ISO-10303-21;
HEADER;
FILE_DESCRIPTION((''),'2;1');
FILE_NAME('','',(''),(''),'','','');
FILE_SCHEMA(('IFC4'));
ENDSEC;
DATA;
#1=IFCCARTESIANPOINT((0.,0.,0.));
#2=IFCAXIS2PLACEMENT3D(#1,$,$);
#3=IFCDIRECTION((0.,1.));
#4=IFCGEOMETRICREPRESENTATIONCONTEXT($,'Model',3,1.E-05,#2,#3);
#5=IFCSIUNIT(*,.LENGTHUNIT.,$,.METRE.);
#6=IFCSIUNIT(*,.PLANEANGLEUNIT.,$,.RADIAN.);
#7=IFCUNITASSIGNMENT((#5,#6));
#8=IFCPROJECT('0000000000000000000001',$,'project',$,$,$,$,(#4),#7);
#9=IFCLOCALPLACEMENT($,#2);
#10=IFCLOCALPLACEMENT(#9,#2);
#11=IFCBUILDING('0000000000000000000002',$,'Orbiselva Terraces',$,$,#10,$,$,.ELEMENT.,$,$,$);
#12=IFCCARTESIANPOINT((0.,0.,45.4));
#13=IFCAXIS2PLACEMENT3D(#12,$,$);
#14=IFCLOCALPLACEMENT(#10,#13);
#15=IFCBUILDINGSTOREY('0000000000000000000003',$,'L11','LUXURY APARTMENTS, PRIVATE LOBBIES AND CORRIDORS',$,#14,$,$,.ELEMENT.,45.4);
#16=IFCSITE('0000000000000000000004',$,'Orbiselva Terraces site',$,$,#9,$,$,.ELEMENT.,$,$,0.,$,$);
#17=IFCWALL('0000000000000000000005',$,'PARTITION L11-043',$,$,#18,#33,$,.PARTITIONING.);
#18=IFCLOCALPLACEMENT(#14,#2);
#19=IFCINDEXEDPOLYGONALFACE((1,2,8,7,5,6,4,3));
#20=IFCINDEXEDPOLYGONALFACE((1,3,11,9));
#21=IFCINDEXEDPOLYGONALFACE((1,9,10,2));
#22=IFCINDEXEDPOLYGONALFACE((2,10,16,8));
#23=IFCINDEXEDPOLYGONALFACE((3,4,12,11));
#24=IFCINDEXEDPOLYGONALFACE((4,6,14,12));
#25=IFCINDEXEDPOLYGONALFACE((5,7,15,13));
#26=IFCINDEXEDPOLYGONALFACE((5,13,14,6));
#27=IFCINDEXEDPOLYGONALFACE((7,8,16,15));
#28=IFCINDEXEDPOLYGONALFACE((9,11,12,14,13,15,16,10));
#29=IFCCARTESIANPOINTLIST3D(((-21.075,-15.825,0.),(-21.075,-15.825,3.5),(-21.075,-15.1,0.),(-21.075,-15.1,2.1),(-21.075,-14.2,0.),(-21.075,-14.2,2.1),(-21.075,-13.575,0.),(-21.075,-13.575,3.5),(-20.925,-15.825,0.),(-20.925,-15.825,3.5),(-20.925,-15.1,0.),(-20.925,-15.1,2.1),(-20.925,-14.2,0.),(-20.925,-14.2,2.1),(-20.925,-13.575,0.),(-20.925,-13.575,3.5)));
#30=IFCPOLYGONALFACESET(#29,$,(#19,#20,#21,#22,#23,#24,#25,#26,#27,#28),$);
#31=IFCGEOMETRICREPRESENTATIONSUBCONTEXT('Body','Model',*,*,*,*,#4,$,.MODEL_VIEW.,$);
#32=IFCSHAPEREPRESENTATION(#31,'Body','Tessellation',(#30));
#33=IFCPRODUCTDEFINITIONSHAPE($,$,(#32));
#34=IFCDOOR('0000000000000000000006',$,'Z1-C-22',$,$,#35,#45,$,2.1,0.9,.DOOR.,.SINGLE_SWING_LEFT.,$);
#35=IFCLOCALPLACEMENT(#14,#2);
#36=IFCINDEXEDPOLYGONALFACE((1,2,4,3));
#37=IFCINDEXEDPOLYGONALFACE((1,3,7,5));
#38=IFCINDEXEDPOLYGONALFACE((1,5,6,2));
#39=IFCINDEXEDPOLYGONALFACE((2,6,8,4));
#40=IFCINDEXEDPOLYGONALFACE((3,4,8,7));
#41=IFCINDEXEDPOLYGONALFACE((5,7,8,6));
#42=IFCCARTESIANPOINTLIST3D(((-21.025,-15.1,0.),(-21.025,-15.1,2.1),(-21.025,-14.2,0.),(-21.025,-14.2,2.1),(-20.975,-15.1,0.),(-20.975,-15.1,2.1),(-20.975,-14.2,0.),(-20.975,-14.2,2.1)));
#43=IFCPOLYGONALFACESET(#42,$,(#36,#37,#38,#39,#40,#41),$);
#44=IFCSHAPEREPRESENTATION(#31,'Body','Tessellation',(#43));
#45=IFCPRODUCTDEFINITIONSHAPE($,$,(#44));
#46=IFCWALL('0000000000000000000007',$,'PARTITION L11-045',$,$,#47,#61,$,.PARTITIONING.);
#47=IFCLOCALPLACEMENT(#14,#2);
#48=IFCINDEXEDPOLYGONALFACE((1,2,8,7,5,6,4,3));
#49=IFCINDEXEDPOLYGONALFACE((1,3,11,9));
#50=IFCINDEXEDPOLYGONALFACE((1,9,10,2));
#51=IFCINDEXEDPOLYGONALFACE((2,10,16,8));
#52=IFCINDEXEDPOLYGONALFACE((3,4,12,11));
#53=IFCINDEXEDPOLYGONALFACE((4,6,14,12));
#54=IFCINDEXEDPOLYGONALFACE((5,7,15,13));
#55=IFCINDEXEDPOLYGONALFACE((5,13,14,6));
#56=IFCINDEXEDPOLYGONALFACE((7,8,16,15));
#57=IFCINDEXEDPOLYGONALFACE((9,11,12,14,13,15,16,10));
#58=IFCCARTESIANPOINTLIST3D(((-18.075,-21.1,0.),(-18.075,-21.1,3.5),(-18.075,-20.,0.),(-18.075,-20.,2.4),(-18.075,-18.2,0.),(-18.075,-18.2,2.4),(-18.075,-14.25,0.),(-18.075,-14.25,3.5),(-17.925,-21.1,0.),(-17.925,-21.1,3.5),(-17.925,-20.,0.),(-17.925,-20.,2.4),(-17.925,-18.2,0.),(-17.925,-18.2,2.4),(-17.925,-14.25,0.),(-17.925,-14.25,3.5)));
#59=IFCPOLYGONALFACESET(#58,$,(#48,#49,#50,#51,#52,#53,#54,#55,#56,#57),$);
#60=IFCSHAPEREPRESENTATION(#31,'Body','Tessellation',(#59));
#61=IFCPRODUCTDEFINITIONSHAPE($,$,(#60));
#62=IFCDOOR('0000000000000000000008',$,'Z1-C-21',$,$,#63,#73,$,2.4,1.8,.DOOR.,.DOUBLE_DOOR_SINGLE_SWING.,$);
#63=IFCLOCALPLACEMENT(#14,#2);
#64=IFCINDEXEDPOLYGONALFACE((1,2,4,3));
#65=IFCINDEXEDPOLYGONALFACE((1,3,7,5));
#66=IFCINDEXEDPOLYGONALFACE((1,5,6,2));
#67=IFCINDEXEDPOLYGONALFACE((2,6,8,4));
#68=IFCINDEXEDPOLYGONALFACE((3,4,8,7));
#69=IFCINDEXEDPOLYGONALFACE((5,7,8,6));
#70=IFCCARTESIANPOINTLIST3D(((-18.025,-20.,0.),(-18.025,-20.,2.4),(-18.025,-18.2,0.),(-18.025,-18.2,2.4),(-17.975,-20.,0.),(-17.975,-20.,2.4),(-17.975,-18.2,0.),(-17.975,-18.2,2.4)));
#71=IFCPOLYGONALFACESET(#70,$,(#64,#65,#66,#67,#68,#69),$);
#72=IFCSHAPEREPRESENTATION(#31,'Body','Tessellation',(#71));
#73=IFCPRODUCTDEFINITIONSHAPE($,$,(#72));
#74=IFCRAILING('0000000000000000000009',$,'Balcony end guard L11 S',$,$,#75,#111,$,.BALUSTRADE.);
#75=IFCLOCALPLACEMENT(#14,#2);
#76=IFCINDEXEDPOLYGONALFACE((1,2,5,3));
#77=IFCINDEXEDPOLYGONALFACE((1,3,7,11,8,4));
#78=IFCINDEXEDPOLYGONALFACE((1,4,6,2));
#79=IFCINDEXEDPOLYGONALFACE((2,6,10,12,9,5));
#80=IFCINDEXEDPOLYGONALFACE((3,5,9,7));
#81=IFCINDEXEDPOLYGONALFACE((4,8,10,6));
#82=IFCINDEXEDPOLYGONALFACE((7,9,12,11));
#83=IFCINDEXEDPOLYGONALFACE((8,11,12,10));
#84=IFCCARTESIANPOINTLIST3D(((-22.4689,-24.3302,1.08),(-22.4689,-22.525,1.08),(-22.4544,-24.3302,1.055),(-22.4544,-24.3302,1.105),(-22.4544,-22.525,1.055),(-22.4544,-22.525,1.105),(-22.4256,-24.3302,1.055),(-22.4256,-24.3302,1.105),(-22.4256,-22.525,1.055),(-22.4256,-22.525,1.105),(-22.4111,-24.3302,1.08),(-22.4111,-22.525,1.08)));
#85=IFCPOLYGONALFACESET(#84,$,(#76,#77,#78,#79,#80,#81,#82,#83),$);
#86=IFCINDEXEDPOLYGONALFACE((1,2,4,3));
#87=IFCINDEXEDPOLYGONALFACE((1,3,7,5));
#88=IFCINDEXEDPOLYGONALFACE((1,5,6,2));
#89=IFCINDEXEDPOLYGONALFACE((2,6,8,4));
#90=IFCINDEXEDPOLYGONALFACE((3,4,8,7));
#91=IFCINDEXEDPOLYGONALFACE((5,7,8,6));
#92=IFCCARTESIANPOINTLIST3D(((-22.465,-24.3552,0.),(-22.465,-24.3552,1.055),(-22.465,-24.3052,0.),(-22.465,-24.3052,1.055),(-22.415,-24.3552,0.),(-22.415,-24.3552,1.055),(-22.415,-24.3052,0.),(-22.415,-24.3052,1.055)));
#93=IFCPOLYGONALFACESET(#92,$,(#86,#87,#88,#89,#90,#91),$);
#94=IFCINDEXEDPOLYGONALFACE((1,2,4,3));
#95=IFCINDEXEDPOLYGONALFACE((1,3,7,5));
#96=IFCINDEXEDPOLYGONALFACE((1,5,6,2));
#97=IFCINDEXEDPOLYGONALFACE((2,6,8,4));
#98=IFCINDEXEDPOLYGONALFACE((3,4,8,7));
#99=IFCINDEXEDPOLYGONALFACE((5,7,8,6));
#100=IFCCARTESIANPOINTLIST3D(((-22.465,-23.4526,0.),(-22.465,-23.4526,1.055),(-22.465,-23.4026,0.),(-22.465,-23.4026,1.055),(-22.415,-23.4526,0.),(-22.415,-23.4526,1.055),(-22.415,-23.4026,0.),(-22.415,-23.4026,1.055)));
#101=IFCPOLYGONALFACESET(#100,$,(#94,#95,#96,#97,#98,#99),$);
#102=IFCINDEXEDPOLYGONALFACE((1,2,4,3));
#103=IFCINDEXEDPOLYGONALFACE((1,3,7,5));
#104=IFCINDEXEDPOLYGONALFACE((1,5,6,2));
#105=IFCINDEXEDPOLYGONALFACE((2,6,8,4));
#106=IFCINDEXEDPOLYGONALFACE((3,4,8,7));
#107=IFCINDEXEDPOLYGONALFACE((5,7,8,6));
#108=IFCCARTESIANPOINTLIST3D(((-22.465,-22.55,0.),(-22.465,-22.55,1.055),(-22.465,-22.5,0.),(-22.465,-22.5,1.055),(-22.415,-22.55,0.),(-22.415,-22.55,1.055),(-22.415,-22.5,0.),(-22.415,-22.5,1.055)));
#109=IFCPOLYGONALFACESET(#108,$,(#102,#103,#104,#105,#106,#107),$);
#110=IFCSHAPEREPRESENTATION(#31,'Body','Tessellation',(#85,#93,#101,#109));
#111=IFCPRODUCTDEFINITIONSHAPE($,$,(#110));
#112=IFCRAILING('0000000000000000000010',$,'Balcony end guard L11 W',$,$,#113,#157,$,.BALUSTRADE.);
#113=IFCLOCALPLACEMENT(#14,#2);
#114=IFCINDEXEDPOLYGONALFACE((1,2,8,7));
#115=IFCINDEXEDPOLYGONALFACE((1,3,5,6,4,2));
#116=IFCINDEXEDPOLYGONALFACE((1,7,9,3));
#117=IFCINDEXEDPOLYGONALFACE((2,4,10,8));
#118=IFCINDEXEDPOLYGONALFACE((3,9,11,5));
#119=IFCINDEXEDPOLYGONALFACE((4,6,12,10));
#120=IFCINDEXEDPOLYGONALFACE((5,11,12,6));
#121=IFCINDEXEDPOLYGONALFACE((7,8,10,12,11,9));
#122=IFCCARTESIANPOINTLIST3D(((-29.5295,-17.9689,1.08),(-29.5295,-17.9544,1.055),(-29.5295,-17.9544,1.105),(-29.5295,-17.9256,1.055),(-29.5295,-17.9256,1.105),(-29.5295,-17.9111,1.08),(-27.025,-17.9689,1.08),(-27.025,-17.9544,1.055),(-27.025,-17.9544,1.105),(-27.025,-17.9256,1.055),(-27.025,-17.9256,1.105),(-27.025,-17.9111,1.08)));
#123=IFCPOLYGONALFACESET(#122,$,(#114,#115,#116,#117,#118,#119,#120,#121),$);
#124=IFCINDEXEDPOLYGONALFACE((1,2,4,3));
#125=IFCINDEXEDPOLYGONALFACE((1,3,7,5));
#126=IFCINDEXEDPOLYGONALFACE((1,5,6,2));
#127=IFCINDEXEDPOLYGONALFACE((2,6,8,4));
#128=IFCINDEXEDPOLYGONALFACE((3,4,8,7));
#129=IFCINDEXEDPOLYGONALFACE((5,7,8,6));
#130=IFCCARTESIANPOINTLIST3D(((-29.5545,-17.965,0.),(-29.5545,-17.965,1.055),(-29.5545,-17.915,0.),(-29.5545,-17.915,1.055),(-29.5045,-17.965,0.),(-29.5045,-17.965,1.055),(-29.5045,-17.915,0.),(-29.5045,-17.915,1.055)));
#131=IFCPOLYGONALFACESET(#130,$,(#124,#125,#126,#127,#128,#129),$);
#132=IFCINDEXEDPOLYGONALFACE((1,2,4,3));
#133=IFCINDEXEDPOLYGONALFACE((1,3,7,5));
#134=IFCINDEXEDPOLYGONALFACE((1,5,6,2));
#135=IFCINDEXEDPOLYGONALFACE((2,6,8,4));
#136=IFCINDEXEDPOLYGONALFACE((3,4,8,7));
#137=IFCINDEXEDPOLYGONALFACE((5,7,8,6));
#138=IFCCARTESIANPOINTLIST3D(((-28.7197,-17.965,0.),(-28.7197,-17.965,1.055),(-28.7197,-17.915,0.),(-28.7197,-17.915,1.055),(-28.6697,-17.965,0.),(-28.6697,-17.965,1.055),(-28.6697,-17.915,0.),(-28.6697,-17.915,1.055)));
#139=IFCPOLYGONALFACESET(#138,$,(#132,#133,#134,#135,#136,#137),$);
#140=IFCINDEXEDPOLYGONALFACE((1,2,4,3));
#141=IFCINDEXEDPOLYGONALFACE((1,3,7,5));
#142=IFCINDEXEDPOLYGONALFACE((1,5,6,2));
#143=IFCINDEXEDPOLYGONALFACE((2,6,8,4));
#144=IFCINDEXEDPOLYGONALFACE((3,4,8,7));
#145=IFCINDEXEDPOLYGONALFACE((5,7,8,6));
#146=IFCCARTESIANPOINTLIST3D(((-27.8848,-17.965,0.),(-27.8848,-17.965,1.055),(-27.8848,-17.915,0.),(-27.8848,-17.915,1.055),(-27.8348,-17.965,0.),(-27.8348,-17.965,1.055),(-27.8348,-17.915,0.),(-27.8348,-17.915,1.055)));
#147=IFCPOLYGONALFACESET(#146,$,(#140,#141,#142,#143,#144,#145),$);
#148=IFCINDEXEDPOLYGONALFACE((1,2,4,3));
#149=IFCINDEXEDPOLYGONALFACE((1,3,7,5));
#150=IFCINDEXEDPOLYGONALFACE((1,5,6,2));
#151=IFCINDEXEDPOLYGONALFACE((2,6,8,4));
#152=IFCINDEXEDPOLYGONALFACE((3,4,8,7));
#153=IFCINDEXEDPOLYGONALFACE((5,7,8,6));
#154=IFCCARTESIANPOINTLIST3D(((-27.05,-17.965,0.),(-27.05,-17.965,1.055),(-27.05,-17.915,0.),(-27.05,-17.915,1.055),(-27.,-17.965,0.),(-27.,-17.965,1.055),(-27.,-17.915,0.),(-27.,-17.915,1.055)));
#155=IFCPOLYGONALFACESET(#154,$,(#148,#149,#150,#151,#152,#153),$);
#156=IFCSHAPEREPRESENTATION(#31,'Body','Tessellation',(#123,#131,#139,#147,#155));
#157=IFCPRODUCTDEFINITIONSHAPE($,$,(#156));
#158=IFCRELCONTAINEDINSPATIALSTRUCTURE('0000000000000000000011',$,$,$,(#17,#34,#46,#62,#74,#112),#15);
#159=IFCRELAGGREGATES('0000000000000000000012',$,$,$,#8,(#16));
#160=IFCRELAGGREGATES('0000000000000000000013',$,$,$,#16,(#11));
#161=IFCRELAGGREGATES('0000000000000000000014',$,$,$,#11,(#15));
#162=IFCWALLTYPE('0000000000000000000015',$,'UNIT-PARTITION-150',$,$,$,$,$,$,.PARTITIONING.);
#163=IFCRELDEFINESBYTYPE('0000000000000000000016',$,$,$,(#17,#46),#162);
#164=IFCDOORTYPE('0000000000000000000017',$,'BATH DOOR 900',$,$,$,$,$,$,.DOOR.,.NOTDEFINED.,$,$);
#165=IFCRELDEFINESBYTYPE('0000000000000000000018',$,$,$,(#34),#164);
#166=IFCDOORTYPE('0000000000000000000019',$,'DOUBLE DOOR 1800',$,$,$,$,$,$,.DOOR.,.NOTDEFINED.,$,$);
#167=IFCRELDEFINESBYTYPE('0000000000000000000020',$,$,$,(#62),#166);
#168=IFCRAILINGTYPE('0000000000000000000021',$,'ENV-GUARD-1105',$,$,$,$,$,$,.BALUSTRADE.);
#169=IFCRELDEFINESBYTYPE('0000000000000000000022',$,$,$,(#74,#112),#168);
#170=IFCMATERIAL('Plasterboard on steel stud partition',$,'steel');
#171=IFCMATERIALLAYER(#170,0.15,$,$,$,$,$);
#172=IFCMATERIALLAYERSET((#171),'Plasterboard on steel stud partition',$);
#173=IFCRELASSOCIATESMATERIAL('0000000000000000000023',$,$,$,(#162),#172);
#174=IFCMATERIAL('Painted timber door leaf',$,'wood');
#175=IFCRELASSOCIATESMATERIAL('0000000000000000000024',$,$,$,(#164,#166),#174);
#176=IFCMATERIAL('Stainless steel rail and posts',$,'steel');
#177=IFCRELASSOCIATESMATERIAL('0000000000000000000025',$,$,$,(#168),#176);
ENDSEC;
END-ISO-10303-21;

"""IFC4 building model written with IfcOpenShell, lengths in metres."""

from ifc_helpers import new_model, si_unit, direction, frame, frame_2d, origin, origin_2d, place, context, subcontext, project, spatial, polyline, rectangle, outline, extrude, material, layer, layer_set, type_object, element, fill, save


model = new_model("IFC4")

# Units and contexts
model_context = context("Model", 3, precision=1e-05, world=origin(), true_north=direction((0.0, 1.0)))
body_context = subcontext(model_context, "Body", "Model", "MODEL_VIEW")
ifc_project = project(units=[si_unit("LENGTHUNIT", "METRE"), si_unit("PLANEANGLEUNIT", "RADIAN")], contexts=[model_context])

# Site, building, storey
site_placement = place(None, origin())
site = spatial("IfcSite", under=ifc_project, at=site_placement, Name="Orbiselva Terraces site", CompositionType="ELEMENT", RefElevation=0.0)
building_placement = place(site_placement, origin())
building = spatial("IfcBuilding", under=site, at=building_placement, Name="Orbiselva Terraces", CompositionType="ELEMENT")
storey_placement = place(building_placement, frame((0.0, 0.0, 45.4)))
storey = spatial("IfcBuildingStorey", under=building, at=storey_placement, Name="L11", Description="LUXURY APARTMENTS, PRIVATE LOBBIES AND CORRIDORS", CompositionType="ELEMENT", Elevation=45.4)

# Shared definitions
ifc_material_1 = material(Name="Plasterboard on steel stud partition", Category="steel")
ifc_layer_1 = layer(ifc_material_1, 0.15)
ifc_layer_set_1 = layer_set([ifc_layer_1], Name="Plasterboard on steel stud partition")
wall_type_1 = type_object("IfcWallType", Name="UNIT-PARTITION-150", PredefinedType="PARTITIONING", material=ifc_layer_set_1)

# Walls, openings, doors
wall_1_placement = place(storey_placement, frame((-21.0, -13.575, 0.0), z_axis=(0.0, 0.0, 1.0), x_axis=(0.0, -1.0, 0.0)))
wall_1 = element("IfcWall", 1, at=wall_1_placement, inside=storey, type_object=wall_type_1, Name="PARTITION L11-043", PredefinedType="PARTITIONING", context=body_context, shape_type="SweptSolid", body=[
    extrude(rectangle(XDim=2.25, YDim=0.15, at=frame_2d((1.125, 0.0))), origin(), (0.0, 0.0, 1.0), 3.5),
])
opening_1_placement = place(wall_1_placement, frame((0.625, 0.0, 0.0)))
opening_1 = element("IfcOpeningElement", 2, at=opening_1_placement, cuts=wall_1, PredefinedType="OPENING", context=body_context, shape_type="SweptSolid", body=[
    extrude(rectangle(XDim=0.9, YDim=2.1, at=frame_2d((0.45, 1.05))), frame((0.0, 0.085, 0.0), z_axis=(0.0, -1.0, 0.0), x_axis=(1.0, 0.0, 0.0)), (0.0, 0.0, 1.0), 0.17),
])
ifc_material_2 = material(Name="Painted timber door leaf", Category="wood")
door_type_1 = type_object("IfcDoorType", Name="BATH DOOR 900", OperationType="NOTDEFINED", PredefinedType="DOOR", material=ifc_material_2)
door_1_placement = place(opening_1_placement, origin())
door_1 = element("IfcDoor", 3, at=door_1_placement, inside=storey, type_object=door_type_1, Name="Z1-C-22", OperationType="SINGLE_SWING_LEFT", OverallHeight=2.1, OverallWidth=0.9, PredefinedType="DOOR", context=body_context, shape_type="SweptSolid", body=[
    extrude(rectangle(XDim=0.9, YDim=2.1, at=frame_2d((0.45, 1.05))), frame((0.0, 0.025, 0.0), z_axis=(0.0, -1.0, 0.0), x_axis=(1.0, 0.0, 0.0)), (0.0, 0.0, 1.0), 0.05),
])
fill(opening_1, door_1)
wall_2_placement = place(storey_placement, frame((-18.0, -21.1, 0.0), z_axis=(0.0, 0.0, 1.0), x_axis=(0.0, 1.0, 0.0)))
wall_2 = element("IfcWall", 4, at=wall_2_placement, inside=storey, type_object=wall_type_1, Name="PARTITION L11-045", PredefinedType="PARTITIONING", context=body_context, shape_type="SweptSolid", body=[
    extrude(rectangle(XDim=6.85, YDim=0.15, at=frame_2d((3.425, 0.0))), origin(), (0.0, 0.0, 1.0), 3.5),
])
opening_2_placement = place(wall_2_placement, frame((1.1, 0.0, 0.0)))
opening_2 = element("IfcOpeningElement", 5, at=opening_2_placement, cuts=wall_2, PredefinedType="OPENING", context=body_context, shape_type="SweptSolid", body=[
    extrude(rectangle(XDim=1.8, YDim=2.4, at=frame_2d((0.9, 1.2))), frame((0.0, 0.085, 0.0), z_axis=(0.0, -1.0, 0.0), x_axis=(1.0, 0.0, 0.0)), (0.0, 0.0, 1.0), 0.17),
])
door_type_2 = type_object("IfcDoorType", Name="DOUBLE DOOR 1800", OperationType="NOTDEFINED", PredefinedType="DOOR", material=ifc_material_2)
door_2_placement = place(opening_2_placement, origin())
door_2 = element("IfcDoor", 6, at=door_2_placement, inside=storey, type_object=door_type_2, Name="Z1-C-21", OperationType="DOUBLE_DOOR_SINGLE_SWING", OverallHeight=2.4, OverallWidth=1.8, PredefinedType="DOOR", context=body_context, shape_type="SweptSolid", body=[
    extrude(rectangle(XDim=1.8, YDim=2.4, at=frame_2d((0.9, 1.2))), frame((0.0, 0.025, 0.0), z_axis=(0.0, -1.0, 0.0), x_axis=(1.0, 0.0, 0.0)), (0.0, 0.0, 1.0), 0.05),
])
fill(opening_2, door_2)

# Railings
ifc_material_3 = material(Name="Stainless steel rail and posts", Category="steel")
railing_type_1 = type_object("IfcRailingType", Name="ENV-GUARD-1105", PredefinedType="BALUSTRADE", material=ifc_material_3)
railing_1_placement = place(storey_placement, frame((-22.44, -24.3302, 0.0)))
element("IfcRailing", 7, at=railing_1_placement, inside=storey, type_object=railing_type_1, Name="Balcony end guard L11 S", PredefinedType="BALUSTRADE", context=body_context, shape_type="SweptSolid", body=[
    extrude(outline(polyline([(0.0289, 0.0), (0.0144, 0.025), (-0.0144, 0.025), (-0.0289, 0.0), (-0.0144, -0.025), (0.0144, -0.025), (0.0289, 0.0)])), frame((0.0, 0.0, 1.08), z_axis=(0.0, 1.0, 0.0), x_axis=(-1.0, 0.0, 0.0)), (0.0, 0.0, 1.0), 1.8052),
    extrude(rectangle(XDim=0.05, YDim=0.05, at=origin_2d()), origin(), (0.0, 0.0, 1.0), 1.055),
    extrude(rectangle(XDim=0.05, YDim=0.05, at=origin_2d()), frame((0.0, 0.9026, 0.0)), (0.0, 0.0, 1.0), 1.055),
    extrude(rectangle(XDim=0.05, YDim=0.05, at=origin_2d()), frame((0.0, 1.8052, 0.0)), (0.0, 0.0, 1.0), 1.055),
])
railing_2_placement = place(storey_placement, frame((-29.5295, -17.94, 0.0)))
element("IfcRailing", 8, at=railing_2_placement, inside=storey, type_object=railing_type_1, Name="Balcony end guard L11 W", PredefinedType="BALUSTRADE", context=body_context, shape_type="SweptSolid", body=[
    extrude(outline(polyline([(0.0289, 0.0), (0.0144, 0.025), (-0.0144, 0.025), (-0.0289, 0.0), (-0.0144, -0.025), (0.0144, -0.025), (0.0289, 0.0)])), frame((0.0, 0.0, 1.08), z_axis=(1.0, 0.0, 0.0), x_axis=(0.0, 1.0, 0.0)), (0.0, 0.0, 1.0), 2.5045),
    extrude(rectangle(XDim=0.05, YDim=0.05, at=origin_2d()), origin(), (0.0, 0.0, 1.0), 1.055),
    extrude(rectangle(XDim=0.05, YDim=0.05, at=origin_2d()), frame((0.8348, 0.0, 0.0)), (0.0, 0.0, 1.0), 1.055),
    extrude(rectangle(XDim=0.05, YDim=0.05, at=origin_2d()), frame((1.6697, 0.0, 0.0)), (0.0, 0.0, 1.0), 1.055),
    extrude(rectangle(XDim=0.05, YDim=0.05, at=origin_2d()), frame((2.5045, 0.0, 0.0)), (0.0, 0.0, 1.0), 1.055),
])

save(model, "model.ifc")
